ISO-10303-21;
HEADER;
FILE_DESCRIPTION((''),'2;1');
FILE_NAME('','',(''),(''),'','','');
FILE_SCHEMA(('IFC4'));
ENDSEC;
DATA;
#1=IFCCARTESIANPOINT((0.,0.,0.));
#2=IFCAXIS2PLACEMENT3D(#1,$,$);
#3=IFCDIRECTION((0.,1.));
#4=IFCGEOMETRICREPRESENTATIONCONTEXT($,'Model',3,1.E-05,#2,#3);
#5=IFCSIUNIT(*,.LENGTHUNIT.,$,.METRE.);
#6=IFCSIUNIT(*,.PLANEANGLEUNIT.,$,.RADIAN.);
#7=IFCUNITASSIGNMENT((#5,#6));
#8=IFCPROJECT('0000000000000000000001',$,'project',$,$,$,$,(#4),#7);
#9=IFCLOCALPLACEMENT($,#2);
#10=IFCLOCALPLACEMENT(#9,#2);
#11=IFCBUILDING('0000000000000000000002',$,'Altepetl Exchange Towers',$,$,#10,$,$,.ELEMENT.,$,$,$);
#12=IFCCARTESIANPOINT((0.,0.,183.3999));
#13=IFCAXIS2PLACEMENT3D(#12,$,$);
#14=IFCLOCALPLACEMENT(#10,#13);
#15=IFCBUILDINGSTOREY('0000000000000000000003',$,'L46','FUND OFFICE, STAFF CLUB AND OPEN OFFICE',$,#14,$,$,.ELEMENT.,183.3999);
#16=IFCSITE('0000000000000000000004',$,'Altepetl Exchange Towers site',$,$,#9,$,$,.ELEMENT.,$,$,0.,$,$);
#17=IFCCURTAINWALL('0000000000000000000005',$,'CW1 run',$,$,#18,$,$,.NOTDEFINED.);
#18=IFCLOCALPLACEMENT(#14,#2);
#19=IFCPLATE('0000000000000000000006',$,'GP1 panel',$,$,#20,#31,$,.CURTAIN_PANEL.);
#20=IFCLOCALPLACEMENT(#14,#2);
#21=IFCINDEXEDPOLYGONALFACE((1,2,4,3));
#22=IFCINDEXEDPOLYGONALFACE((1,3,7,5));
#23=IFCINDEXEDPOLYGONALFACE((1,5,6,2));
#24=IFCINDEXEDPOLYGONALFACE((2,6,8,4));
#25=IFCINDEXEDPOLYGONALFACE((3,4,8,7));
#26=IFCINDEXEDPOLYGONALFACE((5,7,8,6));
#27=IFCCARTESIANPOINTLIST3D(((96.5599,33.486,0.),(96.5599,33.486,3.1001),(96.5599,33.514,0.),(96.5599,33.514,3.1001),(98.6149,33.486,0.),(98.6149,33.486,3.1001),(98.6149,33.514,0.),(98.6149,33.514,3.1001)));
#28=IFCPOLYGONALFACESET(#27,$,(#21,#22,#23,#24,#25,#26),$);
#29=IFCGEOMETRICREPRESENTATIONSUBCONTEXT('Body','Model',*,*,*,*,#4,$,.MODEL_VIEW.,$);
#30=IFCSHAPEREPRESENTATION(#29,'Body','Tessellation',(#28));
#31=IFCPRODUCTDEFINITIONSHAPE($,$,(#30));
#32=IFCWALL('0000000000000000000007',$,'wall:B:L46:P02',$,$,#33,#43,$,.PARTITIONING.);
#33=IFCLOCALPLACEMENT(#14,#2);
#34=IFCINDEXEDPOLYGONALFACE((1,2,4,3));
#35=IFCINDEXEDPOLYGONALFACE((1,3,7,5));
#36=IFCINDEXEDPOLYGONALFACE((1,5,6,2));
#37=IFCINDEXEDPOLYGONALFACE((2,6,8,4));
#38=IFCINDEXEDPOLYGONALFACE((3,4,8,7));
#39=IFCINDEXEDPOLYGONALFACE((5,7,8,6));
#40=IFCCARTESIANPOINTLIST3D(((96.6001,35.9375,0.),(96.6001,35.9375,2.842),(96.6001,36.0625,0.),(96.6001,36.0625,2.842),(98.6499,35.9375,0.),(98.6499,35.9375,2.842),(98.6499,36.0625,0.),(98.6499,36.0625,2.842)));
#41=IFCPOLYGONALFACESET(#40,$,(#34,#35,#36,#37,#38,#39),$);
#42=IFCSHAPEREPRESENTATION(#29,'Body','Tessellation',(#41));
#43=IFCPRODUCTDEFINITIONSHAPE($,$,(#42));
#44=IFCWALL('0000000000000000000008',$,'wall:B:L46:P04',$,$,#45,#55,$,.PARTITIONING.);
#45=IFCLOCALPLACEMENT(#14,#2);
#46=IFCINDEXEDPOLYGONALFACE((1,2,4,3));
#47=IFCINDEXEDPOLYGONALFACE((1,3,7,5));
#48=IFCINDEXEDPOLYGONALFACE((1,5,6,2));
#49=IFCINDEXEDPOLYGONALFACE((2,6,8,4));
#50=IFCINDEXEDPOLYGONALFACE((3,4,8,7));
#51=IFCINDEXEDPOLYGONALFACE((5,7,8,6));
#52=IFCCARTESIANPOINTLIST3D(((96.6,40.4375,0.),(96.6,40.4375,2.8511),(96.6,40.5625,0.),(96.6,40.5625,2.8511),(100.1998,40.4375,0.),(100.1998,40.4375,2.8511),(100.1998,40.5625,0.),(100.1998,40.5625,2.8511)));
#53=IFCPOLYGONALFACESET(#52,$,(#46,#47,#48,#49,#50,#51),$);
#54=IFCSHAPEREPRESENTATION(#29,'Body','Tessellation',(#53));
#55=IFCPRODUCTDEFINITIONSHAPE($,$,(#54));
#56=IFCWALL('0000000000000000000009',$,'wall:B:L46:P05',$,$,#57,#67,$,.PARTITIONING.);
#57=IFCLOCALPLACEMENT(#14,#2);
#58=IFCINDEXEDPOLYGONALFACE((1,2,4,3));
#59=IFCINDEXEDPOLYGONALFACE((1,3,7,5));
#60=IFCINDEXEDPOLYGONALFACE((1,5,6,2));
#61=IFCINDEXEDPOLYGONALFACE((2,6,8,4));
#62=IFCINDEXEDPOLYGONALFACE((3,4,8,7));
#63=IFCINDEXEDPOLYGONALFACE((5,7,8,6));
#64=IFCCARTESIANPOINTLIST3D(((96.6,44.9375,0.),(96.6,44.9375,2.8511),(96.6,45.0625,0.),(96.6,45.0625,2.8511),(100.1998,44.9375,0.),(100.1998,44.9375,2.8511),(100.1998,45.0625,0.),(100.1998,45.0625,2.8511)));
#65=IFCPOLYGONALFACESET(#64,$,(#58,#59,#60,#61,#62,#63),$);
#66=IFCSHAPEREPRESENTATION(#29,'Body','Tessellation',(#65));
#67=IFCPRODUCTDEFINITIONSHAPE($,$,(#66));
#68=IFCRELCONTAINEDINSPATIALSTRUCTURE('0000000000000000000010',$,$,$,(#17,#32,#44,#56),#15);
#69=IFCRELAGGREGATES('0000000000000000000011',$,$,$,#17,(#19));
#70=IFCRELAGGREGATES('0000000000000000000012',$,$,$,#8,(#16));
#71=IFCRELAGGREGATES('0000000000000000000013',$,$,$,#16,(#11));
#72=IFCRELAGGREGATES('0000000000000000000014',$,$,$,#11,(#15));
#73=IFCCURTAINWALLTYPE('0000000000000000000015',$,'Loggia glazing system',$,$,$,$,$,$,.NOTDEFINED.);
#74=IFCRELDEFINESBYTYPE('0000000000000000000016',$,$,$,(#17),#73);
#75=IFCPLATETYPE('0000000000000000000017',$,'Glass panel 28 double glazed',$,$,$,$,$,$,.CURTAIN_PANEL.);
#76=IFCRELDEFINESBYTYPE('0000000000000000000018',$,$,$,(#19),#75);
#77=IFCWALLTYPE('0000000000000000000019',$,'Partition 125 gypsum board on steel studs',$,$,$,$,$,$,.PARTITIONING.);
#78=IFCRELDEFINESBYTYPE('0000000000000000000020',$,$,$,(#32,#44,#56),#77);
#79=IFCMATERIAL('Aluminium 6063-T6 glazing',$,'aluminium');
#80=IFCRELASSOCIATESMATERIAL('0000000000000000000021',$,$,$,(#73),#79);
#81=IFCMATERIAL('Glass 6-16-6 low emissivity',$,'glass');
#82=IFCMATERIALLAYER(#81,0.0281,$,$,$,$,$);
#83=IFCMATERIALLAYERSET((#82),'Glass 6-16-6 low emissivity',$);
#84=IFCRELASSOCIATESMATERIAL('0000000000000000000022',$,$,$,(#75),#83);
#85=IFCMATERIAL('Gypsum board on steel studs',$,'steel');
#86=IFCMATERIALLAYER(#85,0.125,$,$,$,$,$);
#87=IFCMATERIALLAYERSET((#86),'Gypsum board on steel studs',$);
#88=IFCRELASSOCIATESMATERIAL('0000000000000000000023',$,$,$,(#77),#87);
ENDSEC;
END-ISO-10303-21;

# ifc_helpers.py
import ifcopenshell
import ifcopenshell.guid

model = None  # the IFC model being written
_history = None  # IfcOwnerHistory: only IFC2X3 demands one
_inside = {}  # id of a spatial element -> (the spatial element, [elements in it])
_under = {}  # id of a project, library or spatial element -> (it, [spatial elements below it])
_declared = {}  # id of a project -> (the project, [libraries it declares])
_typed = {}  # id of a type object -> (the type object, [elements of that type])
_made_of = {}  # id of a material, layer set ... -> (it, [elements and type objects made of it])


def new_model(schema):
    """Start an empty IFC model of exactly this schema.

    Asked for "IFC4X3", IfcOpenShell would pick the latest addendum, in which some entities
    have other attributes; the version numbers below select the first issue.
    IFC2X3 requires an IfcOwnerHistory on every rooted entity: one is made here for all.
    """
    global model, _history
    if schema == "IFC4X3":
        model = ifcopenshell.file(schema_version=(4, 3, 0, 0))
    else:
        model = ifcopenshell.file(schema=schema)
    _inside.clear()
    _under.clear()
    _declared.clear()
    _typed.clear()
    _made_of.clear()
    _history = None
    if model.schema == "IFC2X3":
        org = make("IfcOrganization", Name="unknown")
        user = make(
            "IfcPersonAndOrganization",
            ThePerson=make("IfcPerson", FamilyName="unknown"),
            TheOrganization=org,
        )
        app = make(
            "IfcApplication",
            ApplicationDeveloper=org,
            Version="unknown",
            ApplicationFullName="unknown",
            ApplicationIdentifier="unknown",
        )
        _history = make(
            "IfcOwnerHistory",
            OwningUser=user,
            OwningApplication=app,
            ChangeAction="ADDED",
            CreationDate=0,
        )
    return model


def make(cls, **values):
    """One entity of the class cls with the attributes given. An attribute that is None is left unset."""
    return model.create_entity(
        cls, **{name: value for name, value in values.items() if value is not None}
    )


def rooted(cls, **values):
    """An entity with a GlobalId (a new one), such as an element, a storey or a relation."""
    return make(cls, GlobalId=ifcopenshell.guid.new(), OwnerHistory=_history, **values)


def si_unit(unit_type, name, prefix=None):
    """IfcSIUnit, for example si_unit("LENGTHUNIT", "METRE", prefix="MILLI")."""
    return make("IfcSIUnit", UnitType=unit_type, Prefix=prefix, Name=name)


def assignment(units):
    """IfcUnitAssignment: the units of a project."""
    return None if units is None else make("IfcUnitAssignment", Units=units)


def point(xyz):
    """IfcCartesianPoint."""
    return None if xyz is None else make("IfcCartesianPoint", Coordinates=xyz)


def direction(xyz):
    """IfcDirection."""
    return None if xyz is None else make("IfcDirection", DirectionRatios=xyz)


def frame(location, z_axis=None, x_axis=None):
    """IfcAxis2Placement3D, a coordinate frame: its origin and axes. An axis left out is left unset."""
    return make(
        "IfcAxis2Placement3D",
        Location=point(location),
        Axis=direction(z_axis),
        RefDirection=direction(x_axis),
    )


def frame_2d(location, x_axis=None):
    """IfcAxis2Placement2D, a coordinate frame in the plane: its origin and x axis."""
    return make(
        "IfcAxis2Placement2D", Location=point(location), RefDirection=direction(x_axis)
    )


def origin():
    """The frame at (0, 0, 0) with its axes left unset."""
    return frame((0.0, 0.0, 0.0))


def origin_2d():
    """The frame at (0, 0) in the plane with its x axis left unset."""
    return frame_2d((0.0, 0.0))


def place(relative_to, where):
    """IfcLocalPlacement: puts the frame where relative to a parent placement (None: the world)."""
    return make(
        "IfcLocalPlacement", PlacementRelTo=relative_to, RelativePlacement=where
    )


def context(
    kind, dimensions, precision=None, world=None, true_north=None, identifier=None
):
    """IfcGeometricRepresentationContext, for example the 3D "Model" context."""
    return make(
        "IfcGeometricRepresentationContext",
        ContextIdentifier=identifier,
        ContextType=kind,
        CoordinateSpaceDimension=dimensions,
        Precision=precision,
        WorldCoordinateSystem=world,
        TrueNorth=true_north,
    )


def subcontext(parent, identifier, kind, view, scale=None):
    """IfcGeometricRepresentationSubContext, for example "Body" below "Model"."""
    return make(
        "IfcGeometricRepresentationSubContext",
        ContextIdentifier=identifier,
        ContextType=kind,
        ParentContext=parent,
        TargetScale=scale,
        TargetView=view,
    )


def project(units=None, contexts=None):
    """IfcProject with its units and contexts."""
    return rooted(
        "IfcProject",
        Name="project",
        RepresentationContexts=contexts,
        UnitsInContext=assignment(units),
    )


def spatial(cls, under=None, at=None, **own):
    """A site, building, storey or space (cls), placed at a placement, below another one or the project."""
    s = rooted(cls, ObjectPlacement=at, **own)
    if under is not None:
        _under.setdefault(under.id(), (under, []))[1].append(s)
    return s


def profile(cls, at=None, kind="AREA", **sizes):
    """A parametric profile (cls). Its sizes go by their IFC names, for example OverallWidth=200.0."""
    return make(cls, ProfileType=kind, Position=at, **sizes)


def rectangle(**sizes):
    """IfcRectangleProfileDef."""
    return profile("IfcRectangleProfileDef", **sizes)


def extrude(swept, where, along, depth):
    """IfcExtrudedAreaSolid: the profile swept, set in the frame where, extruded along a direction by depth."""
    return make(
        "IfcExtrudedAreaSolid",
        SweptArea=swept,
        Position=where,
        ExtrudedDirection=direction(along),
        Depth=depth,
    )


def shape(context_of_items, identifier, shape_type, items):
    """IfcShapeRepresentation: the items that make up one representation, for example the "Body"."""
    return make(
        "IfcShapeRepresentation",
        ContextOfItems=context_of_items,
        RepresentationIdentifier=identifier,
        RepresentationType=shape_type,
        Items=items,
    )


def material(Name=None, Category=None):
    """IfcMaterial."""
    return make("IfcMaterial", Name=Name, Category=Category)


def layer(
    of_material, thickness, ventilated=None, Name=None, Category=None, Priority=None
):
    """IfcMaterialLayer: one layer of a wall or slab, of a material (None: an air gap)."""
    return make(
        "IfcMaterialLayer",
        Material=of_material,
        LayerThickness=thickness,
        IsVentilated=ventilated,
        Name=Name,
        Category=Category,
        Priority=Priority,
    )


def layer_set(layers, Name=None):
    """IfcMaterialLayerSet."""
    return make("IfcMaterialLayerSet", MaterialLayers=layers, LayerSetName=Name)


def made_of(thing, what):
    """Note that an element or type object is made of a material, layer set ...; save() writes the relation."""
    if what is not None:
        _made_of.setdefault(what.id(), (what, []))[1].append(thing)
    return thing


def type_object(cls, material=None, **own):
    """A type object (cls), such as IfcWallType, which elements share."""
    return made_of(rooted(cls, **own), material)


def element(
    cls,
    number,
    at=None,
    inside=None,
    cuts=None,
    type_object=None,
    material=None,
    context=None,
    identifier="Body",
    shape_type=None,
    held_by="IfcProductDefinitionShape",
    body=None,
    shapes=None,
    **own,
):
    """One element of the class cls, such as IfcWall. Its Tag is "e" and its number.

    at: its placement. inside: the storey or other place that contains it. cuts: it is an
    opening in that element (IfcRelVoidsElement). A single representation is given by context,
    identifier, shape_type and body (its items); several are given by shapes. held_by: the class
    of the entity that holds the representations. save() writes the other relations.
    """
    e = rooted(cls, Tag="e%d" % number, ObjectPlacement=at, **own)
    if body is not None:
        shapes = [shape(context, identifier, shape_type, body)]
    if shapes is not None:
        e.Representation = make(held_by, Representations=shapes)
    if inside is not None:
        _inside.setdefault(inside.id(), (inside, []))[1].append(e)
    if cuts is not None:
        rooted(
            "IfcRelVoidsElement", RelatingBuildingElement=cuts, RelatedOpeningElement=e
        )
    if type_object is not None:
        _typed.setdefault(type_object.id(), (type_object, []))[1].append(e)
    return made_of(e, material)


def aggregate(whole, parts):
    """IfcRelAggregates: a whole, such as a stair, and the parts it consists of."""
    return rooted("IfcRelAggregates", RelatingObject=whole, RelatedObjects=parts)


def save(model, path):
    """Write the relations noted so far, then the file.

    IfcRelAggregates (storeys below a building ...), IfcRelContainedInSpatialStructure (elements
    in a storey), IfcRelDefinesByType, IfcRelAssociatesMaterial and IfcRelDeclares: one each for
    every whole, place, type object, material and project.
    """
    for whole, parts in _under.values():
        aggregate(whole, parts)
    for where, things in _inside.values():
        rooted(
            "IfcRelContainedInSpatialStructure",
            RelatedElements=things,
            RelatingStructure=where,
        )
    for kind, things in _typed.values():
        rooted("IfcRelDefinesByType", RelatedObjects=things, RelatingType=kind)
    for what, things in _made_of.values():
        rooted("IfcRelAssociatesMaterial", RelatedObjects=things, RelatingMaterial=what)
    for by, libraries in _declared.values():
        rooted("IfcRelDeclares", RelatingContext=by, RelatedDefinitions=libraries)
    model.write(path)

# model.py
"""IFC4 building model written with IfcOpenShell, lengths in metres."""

from ifc_helpers import new_model, si_unit, direction, frame, frame_2d, origin, origin_2d, place, context, subcontext, project, spatial, rectangle, extrude, material, layer, layer_set, type_object, element, aggregate, save


model = new_model("IFC4")

# Units and contexts
model_context = context("Model", 3, precision=1e-05, world=origin(), true_north=direction((0.0, 1.0)))
body_context = subcontext(model_context, "Body", "Model", "MODEL_VIEW")
ifc_project = project(units=[si_unit("LENGTHUNIT", "METRE"), si_unit("PLANEANGLEUNIT", "RADIAN")], contexts=[model_context])

# Site, building, storey
site_placement = place(None, origin())
site = spatial("IfcSite", under=ifc_project, at=site_placement, Name="Altepetl Exchange Towers site", CompositionType="ELEMENT", RefElevation=0.0)
building_placement = place(site_placement, origin())
building = spatial("IfcBuilding", under=site, at=building_placement, Name="Altepetl Exchange Towers", CompositionType="ELEMENT")
storey_placement = place(building_placement, frame((0.0, 0.0, 183.3999)))
storey = spatial("IfcBuildingStorey", under=building, at=storey_placement, Name="L46", Description="FUND OFFICE, STAFF CLUB AND OPEN OFFICE", CompositionType="ELEMENT", Elevation=183.3999)

# Curtain wall
ifc_material_1 = material(Name="Aluminium 6063-T6 glazing", Category="aluminium")
curtain_wall_type = type_object("IfcCurtainWallType", Name="Loggia glazing system", PredefinedType="NOTDEFINED", material=ifc_material_1)
curtain_wall_1_placement = place(storey_placement, origin())
curtain_wall_1 = element("IfcCurtainWall", 1, at=curtain_wall_1_placement, inside=storey, type_object=curtain_wall_type, Name="CW1 run", PredefinedType="NOTDEFINED")

# Plate
ifc_material_2 = material(Name="Glass 6-16-6 low emissivity", Category="glass")
ifc_layer_1 = layer(ifc_material_2, 0.0281)
ifc_layer_set_1 = layer_set([ifc_layer_1], Name="Glass 6-16-6 low emissivity")
plate_type = type_object("IfcPlateType", Name="Glass panel 28 double glazed", PredefinedType="CURTAIN_PANEL", material=ifc_layer_set_1)
plate_1_placement = place(storey_placement, frame((97.5874, 33.5, 0.0)))
plate_1 = element("IfcPlate", 2, at=plate_1_placement, type_object=plate_type, Name="GP1 panel", PredefinedType="CURTAIN_PANEL", context=body_context, shape_type="SweptSolid", body=[
    extrude(rectangle(XDim=2.0549, YDim=0.0281, at=origin_2d()), origin(), (0.0, 0.0, 1.0), 3.1001),
])
aggregate(curtain_wall_1, [plate_1])

# Walls
ifc_material_3 = material(Name="Gypsum board on steel studs", Category="steel")
ifc_layer_2 = layer(ifc_material_3, 0.125)
ifc_layer_set_2 = layer_set([ifc_layer_2], Name="Gypsum board on steel studs")
wall_type = type_object("IfcWallType", Name="Partition 125 gypsum board on steel studs", PredefinedType="PARTITIONING", material=ifc_layer_set_2)
wall_placement = place(storey_placement, frame((96.6001, 36.0, 0.0)))
element("IfcWall", 3, at=wall_placement, inside=storey, type_object=wall_type, Name="wall:B:L46:P02", PredefinedType="PARTITIONING", context=body_context, shape_type="SweptSolid", body=[
    extrude(rectangle(XDim=2.0498, YDim=0.125, at=frame_2d((1.0249, 0.0))), origin(), (0.0, 0.0, 1.0), 2.842),
])
for number, where, name in (
    (4, (96.6001, 40.5, 0.0), "wall:B:L46:P04"),
    (5, (96.6001, 45.0, 0.0), "wall:B:L46:P05"),
):
    element("IfcWall", number, at=place(storey_placement, frame(where)), inside=storey, type_object=wall_type, Name=name, PredefinedType="PARTITIONING", context=body_context, shape_type="SweptSolid", body=[
        extrude(rectangle(XDim=3.5999, YDim=0.125, at=frame_2d((1.7998, 0.0))), origin(), (0.0, 0.0, 1.0), 2.8511),
    ])

save(model, "model.ifc")
